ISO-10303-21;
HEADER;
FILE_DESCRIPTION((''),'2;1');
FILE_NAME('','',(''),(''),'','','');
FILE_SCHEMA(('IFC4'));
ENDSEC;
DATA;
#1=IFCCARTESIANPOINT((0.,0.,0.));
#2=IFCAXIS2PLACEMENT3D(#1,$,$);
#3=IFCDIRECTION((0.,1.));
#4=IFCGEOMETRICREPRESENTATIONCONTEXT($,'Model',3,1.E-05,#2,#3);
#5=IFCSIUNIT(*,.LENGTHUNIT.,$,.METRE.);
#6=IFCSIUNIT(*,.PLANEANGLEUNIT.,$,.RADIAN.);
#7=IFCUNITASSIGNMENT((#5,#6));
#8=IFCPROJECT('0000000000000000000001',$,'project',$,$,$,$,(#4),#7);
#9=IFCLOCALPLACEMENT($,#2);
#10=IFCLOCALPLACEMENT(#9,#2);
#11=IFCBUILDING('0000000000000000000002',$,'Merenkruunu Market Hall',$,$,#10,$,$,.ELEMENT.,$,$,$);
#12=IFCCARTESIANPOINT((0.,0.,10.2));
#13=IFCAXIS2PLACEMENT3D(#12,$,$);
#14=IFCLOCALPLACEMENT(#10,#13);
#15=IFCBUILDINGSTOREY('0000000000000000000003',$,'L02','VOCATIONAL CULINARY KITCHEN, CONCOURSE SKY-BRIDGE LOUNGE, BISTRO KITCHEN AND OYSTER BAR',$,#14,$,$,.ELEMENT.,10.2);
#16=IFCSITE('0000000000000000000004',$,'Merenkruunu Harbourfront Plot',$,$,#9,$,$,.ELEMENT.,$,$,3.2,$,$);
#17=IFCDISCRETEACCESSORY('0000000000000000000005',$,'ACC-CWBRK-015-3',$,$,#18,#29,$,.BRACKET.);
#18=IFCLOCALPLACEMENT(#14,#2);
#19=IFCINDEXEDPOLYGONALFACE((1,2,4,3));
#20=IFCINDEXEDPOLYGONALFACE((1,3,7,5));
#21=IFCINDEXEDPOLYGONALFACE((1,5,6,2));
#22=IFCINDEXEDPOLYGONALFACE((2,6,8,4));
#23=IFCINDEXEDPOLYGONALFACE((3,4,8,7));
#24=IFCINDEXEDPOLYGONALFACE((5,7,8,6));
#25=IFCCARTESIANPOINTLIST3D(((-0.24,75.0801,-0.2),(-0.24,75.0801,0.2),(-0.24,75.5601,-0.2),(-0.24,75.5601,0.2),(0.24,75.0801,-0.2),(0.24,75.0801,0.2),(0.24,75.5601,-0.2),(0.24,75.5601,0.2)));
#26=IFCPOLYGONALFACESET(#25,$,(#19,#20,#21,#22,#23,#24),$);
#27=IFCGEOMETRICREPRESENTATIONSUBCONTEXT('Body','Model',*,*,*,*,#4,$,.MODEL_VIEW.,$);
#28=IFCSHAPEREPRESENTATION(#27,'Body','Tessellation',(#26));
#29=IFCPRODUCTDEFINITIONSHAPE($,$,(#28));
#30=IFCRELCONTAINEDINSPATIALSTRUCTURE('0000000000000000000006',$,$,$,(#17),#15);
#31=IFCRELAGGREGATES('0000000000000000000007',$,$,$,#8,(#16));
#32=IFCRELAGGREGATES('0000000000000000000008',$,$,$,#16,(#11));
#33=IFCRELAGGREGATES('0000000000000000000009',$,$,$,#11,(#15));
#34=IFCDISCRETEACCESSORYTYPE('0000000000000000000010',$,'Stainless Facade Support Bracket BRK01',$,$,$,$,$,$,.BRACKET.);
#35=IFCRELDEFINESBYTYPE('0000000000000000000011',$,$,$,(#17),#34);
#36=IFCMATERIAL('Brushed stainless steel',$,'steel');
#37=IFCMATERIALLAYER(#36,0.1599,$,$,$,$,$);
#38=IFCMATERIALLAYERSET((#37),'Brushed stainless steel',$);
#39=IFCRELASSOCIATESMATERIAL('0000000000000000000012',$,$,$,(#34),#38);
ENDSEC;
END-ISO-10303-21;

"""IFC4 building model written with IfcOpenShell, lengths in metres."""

from ifc_helpers import new_model, si_unit, direction, frame, origin, origin_2d, place, context, subcontext, project, spatial, rectangle, extrude, material, layer, layer_set, type_object, element, save


model = new_model("IFC4")

# Units and contexts
model_context = context("Model", 3, precision=1e-05, world=origin(), true_north=direction((0.0, 1.0)))
body_context = subcontext(model_context, "Body", "Model", "MODEL_VIEW")
ifc_project = project(units=[si_unit("LENGTHUNIT", "METRE"), si_unit("PLANEANGLEUNIT", "RADIAN")], contexts=[model_context])

# Site, building, storey
site_placement = place(None, origin())
site = spatial("IfcSite", under=ifc_project, at=site_placement, Name="Merenkruunu Harbourfront Plot", CompositionType="ELEMENT", RefElevation=3.2)
building_placement = place(site_placement, origin())
building = spatial("IfcBuilding", under=site, at=building_placement, Name="Merenkruunu Market Hall", CompositionType="ELEMENT")
storey_placement = place(building_placement, frame((0.0, 0.0, 10.2)))
storey = spatial("IfcBuildingStorey", under=building, at=storey_placement, Name="L02", Description="VOCATIONAL CULINARY KITCHEN, CONCOURSE SKY-BRIDGE LOUNGE, BISTRO KITCHEN AND OYSTER BAR", CompositionType="ELEMENT", Elevation=10.2)

# Discrete accessory
ifc_material_1 = material(Name="Brushed stainless steel", Category="steel")
ifc_layer_1 = layer(ifc_material_1, 0.1599)
ifc_layer_set_1 = layer_set([ifc_layer_1], Name="Brushed stainless steel")
discrete_accessory_type = type_object("IfcDiscreteAccessoryType", Name="Stainless Facade Support Bracket BRK01", PredefinedType="BRACKET", material=ifc_layer_set_1)
discrete_accessory_placement = place(storey_placement, frame((0.0, 75.3201, -0.2), z_axis=(0.0, 0.0, 1.0), x_axis=(1.0, 0.0, 0.0)))
element("IfcDiscreteAccessory", 1, at=discrete_accessory_placement, inside=storey, type_object=discrete_accessory_type, Name="ACC-CWBRK-015-3", PredefinedType="BRACKET", context=body_context, shape_type="SweptSolid", body=[
    extrude(rectangle(XDim=0.48, YDim=0.48, at=origin_2d()), origin(), (0.0, 0.0, 1.0), 0.3999),
])

save(model, "model.ifc")
